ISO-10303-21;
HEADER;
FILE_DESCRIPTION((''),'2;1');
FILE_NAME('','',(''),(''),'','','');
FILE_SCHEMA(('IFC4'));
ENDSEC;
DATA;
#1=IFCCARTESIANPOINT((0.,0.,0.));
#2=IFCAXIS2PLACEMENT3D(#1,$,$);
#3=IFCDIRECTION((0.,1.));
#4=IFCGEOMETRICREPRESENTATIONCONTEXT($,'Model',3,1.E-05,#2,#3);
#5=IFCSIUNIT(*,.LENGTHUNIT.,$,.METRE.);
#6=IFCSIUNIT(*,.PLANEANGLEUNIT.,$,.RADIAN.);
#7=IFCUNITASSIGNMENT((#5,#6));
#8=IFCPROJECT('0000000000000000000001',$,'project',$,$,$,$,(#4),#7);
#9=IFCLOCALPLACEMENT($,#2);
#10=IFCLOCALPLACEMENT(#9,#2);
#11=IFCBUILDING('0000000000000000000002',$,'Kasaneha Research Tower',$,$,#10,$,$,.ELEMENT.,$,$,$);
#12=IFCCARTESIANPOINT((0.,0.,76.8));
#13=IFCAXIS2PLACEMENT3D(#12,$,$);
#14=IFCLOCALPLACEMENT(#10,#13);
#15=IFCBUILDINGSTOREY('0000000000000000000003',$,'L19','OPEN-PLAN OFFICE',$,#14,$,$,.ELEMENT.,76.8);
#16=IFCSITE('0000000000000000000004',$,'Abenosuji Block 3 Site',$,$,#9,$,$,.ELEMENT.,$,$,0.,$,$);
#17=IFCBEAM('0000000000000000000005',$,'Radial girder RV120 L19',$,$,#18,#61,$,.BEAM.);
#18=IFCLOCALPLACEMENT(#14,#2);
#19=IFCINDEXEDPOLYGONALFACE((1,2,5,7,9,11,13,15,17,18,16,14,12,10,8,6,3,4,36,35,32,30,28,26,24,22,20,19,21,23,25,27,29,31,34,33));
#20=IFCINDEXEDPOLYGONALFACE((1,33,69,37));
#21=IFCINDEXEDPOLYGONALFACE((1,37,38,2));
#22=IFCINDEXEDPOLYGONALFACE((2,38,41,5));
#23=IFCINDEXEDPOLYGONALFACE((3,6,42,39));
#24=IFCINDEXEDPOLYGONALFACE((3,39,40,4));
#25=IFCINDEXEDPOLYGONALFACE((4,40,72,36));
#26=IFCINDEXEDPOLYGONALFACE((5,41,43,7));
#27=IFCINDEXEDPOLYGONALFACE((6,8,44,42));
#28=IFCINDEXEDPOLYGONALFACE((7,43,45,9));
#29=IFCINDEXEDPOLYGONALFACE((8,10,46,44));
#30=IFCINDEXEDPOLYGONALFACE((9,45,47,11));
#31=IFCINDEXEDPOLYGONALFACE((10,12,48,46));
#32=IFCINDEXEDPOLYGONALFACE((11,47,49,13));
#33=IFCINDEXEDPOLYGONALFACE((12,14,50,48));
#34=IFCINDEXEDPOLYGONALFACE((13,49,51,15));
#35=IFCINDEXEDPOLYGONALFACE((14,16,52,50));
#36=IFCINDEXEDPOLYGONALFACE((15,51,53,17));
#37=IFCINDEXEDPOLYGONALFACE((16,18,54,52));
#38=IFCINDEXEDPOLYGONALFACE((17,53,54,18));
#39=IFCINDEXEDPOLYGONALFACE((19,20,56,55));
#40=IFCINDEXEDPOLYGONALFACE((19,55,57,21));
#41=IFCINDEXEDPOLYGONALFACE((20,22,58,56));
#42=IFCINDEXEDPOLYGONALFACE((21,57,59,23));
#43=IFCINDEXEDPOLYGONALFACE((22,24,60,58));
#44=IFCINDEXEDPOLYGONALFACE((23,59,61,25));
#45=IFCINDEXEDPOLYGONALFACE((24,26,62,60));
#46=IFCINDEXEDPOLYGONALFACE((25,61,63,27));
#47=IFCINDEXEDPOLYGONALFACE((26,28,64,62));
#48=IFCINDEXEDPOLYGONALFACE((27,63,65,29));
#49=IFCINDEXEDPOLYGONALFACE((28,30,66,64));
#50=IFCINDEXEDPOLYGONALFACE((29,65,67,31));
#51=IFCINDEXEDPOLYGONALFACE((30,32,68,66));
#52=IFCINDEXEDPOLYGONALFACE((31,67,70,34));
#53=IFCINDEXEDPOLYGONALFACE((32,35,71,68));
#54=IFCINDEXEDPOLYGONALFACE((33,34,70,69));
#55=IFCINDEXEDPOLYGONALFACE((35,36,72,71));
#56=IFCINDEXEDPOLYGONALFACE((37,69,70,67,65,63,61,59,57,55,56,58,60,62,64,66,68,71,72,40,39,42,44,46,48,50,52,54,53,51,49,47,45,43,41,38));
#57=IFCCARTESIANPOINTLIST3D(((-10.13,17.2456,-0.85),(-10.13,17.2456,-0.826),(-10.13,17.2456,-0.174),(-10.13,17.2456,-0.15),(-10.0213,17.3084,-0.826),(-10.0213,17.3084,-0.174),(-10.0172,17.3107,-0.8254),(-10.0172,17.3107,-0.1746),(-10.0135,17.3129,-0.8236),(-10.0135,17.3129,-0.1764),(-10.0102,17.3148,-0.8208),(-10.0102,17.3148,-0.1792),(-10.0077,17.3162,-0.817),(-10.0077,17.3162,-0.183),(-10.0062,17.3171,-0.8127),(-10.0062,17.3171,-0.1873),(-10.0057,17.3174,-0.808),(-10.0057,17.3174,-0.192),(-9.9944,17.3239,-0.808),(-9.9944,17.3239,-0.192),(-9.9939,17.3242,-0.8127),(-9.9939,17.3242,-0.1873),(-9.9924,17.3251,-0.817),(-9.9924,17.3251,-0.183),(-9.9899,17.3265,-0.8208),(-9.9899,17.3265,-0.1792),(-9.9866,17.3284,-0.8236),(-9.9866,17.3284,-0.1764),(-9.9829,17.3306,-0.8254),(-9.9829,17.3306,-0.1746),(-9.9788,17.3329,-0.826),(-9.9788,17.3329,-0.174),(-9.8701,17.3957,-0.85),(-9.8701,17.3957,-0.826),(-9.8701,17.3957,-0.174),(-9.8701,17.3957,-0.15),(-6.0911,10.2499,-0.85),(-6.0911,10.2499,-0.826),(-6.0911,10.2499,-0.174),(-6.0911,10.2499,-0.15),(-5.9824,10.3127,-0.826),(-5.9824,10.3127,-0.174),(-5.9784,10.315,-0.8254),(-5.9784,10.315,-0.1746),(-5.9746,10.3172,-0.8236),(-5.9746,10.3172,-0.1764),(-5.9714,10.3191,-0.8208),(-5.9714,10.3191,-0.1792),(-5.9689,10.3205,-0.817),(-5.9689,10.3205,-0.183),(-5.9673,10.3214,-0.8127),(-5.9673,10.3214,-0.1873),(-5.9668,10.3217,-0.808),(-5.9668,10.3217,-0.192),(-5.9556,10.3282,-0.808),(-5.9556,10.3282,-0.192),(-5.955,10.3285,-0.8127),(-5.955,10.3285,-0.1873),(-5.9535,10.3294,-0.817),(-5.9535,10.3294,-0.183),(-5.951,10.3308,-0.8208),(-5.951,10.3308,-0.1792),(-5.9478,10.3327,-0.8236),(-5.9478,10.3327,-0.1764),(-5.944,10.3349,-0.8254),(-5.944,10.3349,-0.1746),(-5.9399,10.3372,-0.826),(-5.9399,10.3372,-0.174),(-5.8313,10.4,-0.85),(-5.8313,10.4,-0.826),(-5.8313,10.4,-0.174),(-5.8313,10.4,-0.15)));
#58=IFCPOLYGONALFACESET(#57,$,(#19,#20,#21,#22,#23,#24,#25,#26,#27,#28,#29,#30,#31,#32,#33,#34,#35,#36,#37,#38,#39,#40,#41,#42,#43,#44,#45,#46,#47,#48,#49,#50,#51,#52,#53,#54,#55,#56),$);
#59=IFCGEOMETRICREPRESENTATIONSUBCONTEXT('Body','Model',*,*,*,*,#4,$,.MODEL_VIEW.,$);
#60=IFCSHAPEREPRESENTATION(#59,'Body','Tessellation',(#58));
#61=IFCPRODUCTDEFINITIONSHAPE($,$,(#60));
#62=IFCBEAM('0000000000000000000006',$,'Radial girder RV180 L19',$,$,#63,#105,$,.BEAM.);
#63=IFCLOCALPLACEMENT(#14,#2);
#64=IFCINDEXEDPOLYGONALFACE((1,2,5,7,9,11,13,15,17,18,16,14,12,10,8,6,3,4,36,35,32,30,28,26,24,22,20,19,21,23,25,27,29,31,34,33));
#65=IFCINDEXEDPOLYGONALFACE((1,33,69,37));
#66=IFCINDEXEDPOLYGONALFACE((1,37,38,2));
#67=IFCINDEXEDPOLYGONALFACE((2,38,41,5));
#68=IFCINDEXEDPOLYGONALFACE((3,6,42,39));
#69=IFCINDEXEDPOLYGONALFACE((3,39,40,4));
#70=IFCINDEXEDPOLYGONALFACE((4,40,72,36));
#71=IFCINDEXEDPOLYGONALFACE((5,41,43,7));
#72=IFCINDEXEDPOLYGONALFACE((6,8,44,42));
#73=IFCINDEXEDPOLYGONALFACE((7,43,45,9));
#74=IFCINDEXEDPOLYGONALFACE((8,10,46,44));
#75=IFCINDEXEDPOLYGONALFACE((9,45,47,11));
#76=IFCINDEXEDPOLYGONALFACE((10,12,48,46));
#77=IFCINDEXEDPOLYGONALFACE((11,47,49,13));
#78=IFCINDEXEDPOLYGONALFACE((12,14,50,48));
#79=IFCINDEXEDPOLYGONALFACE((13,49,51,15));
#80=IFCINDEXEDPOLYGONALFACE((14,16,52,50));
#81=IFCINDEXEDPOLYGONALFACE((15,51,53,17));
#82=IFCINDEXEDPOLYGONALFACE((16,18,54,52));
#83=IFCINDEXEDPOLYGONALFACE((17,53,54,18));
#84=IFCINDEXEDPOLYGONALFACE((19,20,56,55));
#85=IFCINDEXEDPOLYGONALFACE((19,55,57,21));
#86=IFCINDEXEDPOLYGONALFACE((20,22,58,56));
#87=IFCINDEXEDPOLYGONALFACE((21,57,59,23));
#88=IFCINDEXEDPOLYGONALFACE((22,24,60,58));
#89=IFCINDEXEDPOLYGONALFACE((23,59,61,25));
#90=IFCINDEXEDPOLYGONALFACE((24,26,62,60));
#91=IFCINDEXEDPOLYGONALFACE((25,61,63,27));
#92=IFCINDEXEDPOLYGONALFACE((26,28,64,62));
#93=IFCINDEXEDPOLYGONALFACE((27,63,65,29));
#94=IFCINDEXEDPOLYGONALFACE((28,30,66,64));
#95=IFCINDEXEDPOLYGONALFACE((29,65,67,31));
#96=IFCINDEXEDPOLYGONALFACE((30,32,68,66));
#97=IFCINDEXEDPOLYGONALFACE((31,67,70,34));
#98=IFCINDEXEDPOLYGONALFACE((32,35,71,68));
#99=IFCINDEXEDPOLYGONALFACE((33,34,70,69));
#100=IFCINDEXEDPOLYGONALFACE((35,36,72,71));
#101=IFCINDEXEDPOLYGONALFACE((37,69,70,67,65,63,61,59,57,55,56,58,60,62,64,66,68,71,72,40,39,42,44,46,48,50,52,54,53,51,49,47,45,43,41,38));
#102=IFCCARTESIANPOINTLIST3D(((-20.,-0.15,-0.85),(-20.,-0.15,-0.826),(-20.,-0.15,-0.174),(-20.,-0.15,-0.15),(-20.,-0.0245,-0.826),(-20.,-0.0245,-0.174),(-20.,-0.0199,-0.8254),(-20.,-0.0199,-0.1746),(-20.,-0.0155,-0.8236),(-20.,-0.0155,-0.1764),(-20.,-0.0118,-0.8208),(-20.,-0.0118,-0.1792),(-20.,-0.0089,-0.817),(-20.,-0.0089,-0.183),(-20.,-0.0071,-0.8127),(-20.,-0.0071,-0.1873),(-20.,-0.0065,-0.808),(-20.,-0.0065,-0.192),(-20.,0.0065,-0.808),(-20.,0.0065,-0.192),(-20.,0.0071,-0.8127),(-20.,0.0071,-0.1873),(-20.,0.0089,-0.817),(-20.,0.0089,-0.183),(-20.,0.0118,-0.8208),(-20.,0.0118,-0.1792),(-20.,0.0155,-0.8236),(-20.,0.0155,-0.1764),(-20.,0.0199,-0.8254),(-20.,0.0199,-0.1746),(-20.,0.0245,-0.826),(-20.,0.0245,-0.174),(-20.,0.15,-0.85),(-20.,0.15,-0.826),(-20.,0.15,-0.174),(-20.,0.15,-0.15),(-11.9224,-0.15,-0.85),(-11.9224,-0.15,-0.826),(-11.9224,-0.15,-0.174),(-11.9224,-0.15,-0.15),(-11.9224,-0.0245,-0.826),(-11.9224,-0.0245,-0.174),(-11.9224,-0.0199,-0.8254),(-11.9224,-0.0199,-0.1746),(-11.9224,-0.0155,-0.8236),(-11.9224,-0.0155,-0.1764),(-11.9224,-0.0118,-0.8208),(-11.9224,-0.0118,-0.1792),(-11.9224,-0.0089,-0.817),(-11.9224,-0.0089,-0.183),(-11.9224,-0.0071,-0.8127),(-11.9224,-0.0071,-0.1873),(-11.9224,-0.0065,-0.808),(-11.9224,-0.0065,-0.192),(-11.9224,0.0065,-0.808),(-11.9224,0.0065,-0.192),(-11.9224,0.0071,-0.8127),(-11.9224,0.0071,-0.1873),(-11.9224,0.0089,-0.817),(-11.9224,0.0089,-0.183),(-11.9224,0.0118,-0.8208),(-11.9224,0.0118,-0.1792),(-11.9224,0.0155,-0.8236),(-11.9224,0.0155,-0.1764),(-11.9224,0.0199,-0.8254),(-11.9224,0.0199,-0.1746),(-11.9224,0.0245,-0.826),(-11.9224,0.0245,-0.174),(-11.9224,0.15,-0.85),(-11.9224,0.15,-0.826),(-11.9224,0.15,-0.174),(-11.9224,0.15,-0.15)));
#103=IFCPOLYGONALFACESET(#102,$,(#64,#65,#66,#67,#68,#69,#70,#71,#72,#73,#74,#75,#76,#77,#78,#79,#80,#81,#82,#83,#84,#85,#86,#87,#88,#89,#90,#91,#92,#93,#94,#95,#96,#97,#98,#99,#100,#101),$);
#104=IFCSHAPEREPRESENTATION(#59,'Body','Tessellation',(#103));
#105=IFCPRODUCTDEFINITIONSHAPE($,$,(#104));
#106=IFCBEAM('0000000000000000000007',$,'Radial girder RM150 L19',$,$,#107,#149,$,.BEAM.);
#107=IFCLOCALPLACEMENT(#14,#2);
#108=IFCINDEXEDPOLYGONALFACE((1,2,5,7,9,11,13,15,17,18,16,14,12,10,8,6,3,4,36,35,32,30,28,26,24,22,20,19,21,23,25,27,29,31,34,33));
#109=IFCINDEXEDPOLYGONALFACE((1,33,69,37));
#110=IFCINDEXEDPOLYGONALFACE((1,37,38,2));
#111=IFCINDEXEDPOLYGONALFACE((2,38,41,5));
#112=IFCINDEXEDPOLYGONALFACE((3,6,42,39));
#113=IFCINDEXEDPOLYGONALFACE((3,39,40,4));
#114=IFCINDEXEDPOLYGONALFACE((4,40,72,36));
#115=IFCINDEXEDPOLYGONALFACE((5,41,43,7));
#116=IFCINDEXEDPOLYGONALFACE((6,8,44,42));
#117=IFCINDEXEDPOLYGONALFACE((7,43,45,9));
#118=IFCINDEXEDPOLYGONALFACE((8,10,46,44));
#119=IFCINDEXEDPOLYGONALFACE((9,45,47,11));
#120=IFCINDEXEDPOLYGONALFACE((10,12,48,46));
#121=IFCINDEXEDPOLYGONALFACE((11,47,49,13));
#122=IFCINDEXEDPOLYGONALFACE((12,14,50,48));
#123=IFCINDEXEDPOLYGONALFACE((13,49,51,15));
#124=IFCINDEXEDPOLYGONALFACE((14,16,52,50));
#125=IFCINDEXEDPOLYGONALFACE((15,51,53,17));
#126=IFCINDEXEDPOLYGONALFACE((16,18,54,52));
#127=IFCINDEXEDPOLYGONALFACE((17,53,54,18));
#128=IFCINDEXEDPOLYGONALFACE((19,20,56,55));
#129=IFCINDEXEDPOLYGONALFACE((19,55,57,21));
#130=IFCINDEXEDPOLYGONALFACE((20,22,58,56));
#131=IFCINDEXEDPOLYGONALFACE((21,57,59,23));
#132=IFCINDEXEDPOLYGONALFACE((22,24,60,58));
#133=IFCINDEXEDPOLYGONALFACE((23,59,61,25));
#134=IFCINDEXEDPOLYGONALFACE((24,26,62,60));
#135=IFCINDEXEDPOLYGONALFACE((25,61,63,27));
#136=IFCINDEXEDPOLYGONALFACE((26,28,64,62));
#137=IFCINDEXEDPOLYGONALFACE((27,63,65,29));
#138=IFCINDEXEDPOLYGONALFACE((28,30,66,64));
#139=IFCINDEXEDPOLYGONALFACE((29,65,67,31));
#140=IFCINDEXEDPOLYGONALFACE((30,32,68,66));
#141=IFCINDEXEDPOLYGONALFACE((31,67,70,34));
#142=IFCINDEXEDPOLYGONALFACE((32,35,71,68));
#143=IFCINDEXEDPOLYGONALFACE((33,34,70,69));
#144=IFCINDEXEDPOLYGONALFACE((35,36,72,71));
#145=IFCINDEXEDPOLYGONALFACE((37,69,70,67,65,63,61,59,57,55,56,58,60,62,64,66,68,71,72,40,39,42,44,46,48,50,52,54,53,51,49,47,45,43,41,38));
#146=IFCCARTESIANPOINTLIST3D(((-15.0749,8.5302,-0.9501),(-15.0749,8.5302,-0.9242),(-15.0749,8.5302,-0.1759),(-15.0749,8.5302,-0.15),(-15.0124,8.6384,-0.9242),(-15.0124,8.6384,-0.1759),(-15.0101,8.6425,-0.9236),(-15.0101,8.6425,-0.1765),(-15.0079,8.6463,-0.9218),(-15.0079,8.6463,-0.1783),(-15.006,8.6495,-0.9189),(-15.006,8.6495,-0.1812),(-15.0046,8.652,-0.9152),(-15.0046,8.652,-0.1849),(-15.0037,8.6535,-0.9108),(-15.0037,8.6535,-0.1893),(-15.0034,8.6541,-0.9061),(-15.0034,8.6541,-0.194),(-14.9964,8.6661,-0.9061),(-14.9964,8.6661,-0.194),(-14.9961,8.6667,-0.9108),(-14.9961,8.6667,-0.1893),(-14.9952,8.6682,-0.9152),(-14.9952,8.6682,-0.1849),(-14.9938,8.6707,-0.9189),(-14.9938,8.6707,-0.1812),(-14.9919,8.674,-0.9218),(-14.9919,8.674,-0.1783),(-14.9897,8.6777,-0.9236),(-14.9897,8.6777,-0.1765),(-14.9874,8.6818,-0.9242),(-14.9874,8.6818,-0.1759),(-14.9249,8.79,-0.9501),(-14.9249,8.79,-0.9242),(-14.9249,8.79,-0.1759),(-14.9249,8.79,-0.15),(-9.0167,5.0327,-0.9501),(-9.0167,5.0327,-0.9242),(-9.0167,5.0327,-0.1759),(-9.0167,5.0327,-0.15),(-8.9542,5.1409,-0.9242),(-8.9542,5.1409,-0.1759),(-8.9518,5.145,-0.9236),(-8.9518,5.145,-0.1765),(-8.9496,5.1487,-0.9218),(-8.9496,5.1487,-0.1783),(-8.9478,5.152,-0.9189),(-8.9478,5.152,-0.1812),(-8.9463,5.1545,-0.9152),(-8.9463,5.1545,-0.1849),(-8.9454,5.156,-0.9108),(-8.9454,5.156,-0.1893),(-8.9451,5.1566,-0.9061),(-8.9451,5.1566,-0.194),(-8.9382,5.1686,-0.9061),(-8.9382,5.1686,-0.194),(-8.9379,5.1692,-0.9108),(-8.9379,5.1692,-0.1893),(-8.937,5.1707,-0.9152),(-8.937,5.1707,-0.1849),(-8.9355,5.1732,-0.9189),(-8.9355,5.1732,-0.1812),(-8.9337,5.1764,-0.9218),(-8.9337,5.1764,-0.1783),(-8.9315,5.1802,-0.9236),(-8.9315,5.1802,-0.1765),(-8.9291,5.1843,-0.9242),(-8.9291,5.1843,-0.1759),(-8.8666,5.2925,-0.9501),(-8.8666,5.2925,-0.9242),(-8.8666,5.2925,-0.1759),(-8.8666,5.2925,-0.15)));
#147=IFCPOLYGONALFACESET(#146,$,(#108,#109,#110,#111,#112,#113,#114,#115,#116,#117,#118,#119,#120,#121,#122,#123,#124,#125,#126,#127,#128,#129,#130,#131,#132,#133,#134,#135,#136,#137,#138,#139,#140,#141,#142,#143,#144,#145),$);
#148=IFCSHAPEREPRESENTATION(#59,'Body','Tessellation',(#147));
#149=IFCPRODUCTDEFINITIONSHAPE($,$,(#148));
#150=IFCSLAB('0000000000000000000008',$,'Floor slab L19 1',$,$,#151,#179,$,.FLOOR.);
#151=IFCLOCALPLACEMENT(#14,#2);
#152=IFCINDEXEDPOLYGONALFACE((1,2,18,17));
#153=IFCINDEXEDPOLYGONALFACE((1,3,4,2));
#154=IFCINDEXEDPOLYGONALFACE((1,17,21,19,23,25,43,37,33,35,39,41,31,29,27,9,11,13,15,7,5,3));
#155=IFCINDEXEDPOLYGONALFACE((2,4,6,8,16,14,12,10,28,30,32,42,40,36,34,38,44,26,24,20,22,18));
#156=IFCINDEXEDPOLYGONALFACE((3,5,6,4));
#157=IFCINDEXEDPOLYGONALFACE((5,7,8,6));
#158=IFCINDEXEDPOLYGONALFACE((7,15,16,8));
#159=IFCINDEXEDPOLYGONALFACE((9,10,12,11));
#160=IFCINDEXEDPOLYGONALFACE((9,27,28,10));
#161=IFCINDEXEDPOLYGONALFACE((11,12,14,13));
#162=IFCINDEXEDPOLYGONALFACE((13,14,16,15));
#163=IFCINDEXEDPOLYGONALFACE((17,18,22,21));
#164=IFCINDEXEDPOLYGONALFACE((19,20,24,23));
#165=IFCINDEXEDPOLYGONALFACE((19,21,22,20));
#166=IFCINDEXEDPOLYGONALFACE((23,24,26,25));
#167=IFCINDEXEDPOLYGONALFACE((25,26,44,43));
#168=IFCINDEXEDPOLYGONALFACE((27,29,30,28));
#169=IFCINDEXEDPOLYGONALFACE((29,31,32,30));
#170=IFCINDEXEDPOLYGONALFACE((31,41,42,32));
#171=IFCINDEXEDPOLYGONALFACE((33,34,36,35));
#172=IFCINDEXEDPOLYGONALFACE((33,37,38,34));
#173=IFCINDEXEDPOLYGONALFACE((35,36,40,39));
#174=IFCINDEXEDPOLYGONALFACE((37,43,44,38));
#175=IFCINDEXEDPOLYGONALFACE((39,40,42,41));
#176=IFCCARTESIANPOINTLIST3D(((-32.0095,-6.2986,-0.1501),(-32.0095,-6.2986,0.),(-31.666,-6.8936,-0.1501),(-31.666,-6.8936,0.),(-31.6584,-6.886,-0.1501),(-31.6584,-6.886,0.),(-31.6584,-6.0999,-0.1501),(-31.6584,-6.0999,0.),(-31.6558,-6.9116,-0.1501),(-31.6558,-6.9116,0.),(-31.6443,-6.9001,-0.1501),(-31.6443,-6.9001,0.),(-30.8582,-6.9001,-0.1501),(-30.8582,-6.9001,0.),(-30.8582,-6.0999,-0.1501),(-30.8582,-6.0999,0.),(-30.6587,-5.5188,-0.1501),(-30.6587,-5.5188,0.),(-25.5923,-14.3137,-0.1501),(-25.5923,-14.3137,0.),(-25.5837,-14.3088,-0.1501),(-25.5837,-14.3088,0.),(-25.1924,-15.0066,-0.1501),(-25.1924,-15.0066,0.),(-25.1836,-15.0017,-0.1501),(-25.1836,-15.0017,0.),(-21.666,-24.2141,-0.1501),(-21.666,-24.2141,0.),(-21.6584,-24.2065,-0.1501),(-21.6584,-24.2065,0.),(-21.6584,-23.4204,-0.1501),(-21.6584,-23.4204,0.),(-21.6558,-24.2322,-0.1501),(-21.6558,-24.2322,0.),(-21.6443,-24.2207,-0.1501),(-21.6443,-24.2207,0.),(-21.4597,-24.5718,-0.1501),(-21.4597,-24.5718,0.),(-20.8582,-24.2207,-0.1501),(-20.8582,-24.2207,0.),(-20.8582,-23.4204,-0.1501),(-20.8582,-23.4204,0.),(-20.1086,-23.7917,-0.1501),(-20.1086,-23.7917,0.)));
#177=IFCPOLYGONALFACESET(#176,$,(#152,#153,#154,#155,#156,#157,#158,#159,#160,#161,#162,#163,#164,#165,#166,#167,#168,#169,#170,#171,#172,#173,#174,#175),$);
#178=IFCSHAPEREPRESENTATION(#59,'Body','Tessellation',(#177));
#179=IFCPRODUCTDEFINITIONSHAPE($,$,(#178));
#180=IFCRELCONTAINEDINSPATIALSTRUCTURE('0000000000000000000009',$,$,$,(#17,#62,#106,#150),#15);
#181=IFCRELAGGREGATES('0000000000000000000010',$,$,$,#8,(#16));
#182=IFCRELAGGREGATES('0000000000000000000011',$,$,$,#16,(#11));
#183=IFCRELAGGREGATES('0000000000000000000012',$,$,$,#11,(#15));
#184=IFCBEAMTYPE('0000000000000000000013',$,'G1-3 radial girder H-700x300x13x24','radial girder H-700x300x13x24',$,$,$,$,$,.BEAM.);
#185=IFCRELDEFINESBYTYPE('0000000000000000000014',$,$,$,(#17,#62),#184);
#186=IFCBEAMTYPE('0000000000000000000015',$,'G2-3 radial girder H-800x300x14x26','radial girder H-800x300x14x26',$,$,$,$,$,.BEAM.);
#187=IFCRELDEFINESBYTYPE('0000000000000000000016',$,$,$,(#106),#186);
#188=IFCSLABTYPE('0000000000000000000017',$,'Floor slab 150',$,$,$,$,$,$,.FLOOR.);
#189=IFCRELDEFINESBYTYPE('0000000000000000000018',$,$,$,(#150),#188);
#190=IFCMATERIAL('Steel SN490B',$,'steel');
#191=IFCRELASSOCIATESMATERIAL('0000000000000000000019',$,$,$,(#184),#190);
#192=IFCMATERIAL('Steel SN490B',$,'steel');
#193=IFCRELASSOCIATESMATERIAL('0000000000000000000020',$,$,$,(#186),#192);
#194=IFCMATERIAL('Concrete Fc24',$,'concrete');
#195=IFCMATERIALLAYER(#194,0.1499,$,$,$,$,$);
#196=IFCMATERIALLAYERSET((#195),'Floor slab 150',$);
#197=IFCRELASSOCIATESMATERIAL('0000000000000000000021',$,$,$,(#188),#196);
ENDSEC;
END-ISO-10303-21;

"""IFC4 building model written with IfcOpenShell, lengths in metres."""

from ifc_helpers import new_model, si_unit, direction, frame, origin, origin_2d, place, context, subcontext, project, spatial, polyline, i_section, outline, extrude, material, layer, layer_set, material_profile, profile_set, type_object, element, save


model = new_model("IFC4")

# Units and contexts
model_context = context("Model", 3, precision=1e-05, world=origin(), true_north=direction((0.0, 1.0)))
body_context = subcontext(model_context, "Body", "Model", "MODEL_VIEW")
ifc_project = project(units=[si_unit("LENGTHUNIT", "METRE"), si_unit("PLANEANGLEUNIT", "RADIAN")], contexts=[model_context])

# Site, building, storey
site_placement = place(None, origin())
site = spatial("IfcSite", under=ifc_project, at=site_placement, Name="Abenosuji Block 3 Site", CompositionType="ELEMENT", RefElevation=0.0)
building_placement = place(site_placement, origin())
building = spatial("IfcBuilding", under=site, at=building_placement, Name="Kasaneha Research Tower", CompositionType="ELEMENT")
storey_placement = place(building_placement, frame((0.0, 0.0, 76.8)))
storey = spatial("IfcBuildingStorey", under=building, at=storey_placement, Name="L19", Description="OPEN-PLAN OFFICE", CompositionType="ELEMENT", Elevation=76.8)

# Beams
ifc_material_1 = material(Name="Steel SN490B", Category="steel")
ifc_material_profile_1 = material_profile(ifc_material_1, i_section(OverallWidth=0.3, OverallDepth=0.7, WebThickness=0.0129, FlangeThickness=0.0239, FilletRadius=0.0181, at=origin_2d()), Name="H-700x300x13x24")
ifc_profile_set_1 = profile_set([ifc_material_profile_1], Name="Steel SN490B")
beam_type_1 = type_object("IfcBeamType", Name="G1-3 radial girder H-700x300x13x24", Description="radial girder H-700x300x13x24", PredefinedType="BEAM", material=ifc_profile_set_1)
beam_1_placement = place(storey_placement, frame((-5.9612, 10.325, -0.5), z_axis=(-0.499991, 0.866031, 0.0), x_axis=(-0.866031, -0.499991, 0.0)))
element("IfcBeam", 1, at=beam_1_placement, inside=storey, type_object=beam_type_1, Name="Radial girder RV120 L19", PredefinedType="BEAM", context=body_context, shape_type="SweptSolid", body=[
    extrude(i_section(OverallWidth=0.3, OverallDepth=0.7, WebThickness=0.0129, FlangeThickness=0.0239, FilletRadius=0.0181, at=origin_2d()), origin(), (0.0, 0.0, 1.0), 8.0779),
])
beam_2_placement = place(storey_placement, frame((-11.9224, 0.0, -0.5), z_axis=(-1.0, 0.0, 0.0), x_axis=(0.0, -1.0, 0.0)))
element("IfcBeam", 2, at=beam_2_placement, inside=storey, type_object=beam_type_1, Name="Radial girder RV180 L19", PredefinedType="BEAM", context=body_context, shape_type="SweptSolid", body=[
    extrude(i_section(OverallWidth=0.3, OverallDepth=0.7, WebThickness=0.0129, FlangeThickness=0.0239, FilletRadius=0.0181, at=origin_2d()), origin(), (0.0, 0.0, 1.0), 8.0776),
])
ifc_material_2 = material(Name="Steel SN490B", Category="steel")
ifc_material_profile_2 = material_profile(ifc_material_2, i_section(OverallWidth=0.3, OverallDepth=0.8, WebThickness=0.0139, FlangeThickness=0.0259, FilletRadius=0.0181, at=origin_2d()), Name="H-800x300x14x26")
ifc_profile_set_2 = profile_set([ifc_material_profile_2], Name="Steel SN490B")
beam_type_2 = type_object("IfcBeamType", Name="G2-3 radial girder H-800x300x14x26", Description="radial girder H-800x300x14x26", PredefinedType="BEAM", material=ifc_profile_set_2)
beam_3_placement = place(storey_placement, frame((-8.9417, 5.1626, -0.55), z_axis=(-0.86604, 0.499975, 0.0), x_axis=(-0.499975, -0.86604, 0.0)))
element("IfcBeam", 3, at=beam_3_placement, inside=storey, type_object=beam_type_2, Name="Radial girder RM150 L19", PredefinedType="BEAM", context=body_context, shape_type="SweptSolid", body=[
    extrude(i_section(OverallWidth=0.3, OverallDepth=0.8, WebThickness=0.0139, FlangeThickness=0.0259, FilletRadius=0.0181, at=origin_2d()), origin(), (0.0, 0.0, 1.0), 6.9954),
])

# Slab
ifc_material_3 = material(Name="Concrete Fc24", Category="concrete")
ifc_layer_1 = layer(ifc_material_3, 0.1499)
ifc_layer_set_1 = layer_set([ifc_layer_1], Name="Floor slab 150")
slab_type = type_object("IfcSlabType", Name="Floor slab 150", PredefinedType="FLOOR", material=ifc_layer_set_1)
slab_1_placement = place(storey_placement, frame((0.0, 0.0, -0.1501)))
element("IfcSlab", 4, at=slab_1_placement, inside=storey, type_object=slab_type, Name="Floor slab L19 1", PredefinedType="FLOOR", context=body_context, shape_type="SweptSolid", body=[
    extrude(outline(polyline([(-25.1924, -15.0066), (-25.1836, -15.0017), (-20.1086, -23.7917), (-21.4597, -24.5718), (-21.6558, -24.2322), (-21.6443, -24.2207), (-20.8582, -24.2207), (-20.8582, -23.4204), (-21.6584, -23.4204), (-21.6584, -24.2065), (-21.666, -24.2141), (-31.6558, -6.9116), (-31.6443, -6.9001), (-30.8582, -6.9001), (-30.8582, -6.0999), (-31.6584, -6.0999), (-31.6584, -6.886), (-31.666, -6.8936), (-32.0095, -6.2986), (-30.6587, -5.5188), (-25.5837, -14.3088), (-25.5923, -14.3137), (-25.1924, -15.0066)])), origin(), (0.0, 0.0, 1.0), 0.1501),
])

save(model, "model.ifc")
